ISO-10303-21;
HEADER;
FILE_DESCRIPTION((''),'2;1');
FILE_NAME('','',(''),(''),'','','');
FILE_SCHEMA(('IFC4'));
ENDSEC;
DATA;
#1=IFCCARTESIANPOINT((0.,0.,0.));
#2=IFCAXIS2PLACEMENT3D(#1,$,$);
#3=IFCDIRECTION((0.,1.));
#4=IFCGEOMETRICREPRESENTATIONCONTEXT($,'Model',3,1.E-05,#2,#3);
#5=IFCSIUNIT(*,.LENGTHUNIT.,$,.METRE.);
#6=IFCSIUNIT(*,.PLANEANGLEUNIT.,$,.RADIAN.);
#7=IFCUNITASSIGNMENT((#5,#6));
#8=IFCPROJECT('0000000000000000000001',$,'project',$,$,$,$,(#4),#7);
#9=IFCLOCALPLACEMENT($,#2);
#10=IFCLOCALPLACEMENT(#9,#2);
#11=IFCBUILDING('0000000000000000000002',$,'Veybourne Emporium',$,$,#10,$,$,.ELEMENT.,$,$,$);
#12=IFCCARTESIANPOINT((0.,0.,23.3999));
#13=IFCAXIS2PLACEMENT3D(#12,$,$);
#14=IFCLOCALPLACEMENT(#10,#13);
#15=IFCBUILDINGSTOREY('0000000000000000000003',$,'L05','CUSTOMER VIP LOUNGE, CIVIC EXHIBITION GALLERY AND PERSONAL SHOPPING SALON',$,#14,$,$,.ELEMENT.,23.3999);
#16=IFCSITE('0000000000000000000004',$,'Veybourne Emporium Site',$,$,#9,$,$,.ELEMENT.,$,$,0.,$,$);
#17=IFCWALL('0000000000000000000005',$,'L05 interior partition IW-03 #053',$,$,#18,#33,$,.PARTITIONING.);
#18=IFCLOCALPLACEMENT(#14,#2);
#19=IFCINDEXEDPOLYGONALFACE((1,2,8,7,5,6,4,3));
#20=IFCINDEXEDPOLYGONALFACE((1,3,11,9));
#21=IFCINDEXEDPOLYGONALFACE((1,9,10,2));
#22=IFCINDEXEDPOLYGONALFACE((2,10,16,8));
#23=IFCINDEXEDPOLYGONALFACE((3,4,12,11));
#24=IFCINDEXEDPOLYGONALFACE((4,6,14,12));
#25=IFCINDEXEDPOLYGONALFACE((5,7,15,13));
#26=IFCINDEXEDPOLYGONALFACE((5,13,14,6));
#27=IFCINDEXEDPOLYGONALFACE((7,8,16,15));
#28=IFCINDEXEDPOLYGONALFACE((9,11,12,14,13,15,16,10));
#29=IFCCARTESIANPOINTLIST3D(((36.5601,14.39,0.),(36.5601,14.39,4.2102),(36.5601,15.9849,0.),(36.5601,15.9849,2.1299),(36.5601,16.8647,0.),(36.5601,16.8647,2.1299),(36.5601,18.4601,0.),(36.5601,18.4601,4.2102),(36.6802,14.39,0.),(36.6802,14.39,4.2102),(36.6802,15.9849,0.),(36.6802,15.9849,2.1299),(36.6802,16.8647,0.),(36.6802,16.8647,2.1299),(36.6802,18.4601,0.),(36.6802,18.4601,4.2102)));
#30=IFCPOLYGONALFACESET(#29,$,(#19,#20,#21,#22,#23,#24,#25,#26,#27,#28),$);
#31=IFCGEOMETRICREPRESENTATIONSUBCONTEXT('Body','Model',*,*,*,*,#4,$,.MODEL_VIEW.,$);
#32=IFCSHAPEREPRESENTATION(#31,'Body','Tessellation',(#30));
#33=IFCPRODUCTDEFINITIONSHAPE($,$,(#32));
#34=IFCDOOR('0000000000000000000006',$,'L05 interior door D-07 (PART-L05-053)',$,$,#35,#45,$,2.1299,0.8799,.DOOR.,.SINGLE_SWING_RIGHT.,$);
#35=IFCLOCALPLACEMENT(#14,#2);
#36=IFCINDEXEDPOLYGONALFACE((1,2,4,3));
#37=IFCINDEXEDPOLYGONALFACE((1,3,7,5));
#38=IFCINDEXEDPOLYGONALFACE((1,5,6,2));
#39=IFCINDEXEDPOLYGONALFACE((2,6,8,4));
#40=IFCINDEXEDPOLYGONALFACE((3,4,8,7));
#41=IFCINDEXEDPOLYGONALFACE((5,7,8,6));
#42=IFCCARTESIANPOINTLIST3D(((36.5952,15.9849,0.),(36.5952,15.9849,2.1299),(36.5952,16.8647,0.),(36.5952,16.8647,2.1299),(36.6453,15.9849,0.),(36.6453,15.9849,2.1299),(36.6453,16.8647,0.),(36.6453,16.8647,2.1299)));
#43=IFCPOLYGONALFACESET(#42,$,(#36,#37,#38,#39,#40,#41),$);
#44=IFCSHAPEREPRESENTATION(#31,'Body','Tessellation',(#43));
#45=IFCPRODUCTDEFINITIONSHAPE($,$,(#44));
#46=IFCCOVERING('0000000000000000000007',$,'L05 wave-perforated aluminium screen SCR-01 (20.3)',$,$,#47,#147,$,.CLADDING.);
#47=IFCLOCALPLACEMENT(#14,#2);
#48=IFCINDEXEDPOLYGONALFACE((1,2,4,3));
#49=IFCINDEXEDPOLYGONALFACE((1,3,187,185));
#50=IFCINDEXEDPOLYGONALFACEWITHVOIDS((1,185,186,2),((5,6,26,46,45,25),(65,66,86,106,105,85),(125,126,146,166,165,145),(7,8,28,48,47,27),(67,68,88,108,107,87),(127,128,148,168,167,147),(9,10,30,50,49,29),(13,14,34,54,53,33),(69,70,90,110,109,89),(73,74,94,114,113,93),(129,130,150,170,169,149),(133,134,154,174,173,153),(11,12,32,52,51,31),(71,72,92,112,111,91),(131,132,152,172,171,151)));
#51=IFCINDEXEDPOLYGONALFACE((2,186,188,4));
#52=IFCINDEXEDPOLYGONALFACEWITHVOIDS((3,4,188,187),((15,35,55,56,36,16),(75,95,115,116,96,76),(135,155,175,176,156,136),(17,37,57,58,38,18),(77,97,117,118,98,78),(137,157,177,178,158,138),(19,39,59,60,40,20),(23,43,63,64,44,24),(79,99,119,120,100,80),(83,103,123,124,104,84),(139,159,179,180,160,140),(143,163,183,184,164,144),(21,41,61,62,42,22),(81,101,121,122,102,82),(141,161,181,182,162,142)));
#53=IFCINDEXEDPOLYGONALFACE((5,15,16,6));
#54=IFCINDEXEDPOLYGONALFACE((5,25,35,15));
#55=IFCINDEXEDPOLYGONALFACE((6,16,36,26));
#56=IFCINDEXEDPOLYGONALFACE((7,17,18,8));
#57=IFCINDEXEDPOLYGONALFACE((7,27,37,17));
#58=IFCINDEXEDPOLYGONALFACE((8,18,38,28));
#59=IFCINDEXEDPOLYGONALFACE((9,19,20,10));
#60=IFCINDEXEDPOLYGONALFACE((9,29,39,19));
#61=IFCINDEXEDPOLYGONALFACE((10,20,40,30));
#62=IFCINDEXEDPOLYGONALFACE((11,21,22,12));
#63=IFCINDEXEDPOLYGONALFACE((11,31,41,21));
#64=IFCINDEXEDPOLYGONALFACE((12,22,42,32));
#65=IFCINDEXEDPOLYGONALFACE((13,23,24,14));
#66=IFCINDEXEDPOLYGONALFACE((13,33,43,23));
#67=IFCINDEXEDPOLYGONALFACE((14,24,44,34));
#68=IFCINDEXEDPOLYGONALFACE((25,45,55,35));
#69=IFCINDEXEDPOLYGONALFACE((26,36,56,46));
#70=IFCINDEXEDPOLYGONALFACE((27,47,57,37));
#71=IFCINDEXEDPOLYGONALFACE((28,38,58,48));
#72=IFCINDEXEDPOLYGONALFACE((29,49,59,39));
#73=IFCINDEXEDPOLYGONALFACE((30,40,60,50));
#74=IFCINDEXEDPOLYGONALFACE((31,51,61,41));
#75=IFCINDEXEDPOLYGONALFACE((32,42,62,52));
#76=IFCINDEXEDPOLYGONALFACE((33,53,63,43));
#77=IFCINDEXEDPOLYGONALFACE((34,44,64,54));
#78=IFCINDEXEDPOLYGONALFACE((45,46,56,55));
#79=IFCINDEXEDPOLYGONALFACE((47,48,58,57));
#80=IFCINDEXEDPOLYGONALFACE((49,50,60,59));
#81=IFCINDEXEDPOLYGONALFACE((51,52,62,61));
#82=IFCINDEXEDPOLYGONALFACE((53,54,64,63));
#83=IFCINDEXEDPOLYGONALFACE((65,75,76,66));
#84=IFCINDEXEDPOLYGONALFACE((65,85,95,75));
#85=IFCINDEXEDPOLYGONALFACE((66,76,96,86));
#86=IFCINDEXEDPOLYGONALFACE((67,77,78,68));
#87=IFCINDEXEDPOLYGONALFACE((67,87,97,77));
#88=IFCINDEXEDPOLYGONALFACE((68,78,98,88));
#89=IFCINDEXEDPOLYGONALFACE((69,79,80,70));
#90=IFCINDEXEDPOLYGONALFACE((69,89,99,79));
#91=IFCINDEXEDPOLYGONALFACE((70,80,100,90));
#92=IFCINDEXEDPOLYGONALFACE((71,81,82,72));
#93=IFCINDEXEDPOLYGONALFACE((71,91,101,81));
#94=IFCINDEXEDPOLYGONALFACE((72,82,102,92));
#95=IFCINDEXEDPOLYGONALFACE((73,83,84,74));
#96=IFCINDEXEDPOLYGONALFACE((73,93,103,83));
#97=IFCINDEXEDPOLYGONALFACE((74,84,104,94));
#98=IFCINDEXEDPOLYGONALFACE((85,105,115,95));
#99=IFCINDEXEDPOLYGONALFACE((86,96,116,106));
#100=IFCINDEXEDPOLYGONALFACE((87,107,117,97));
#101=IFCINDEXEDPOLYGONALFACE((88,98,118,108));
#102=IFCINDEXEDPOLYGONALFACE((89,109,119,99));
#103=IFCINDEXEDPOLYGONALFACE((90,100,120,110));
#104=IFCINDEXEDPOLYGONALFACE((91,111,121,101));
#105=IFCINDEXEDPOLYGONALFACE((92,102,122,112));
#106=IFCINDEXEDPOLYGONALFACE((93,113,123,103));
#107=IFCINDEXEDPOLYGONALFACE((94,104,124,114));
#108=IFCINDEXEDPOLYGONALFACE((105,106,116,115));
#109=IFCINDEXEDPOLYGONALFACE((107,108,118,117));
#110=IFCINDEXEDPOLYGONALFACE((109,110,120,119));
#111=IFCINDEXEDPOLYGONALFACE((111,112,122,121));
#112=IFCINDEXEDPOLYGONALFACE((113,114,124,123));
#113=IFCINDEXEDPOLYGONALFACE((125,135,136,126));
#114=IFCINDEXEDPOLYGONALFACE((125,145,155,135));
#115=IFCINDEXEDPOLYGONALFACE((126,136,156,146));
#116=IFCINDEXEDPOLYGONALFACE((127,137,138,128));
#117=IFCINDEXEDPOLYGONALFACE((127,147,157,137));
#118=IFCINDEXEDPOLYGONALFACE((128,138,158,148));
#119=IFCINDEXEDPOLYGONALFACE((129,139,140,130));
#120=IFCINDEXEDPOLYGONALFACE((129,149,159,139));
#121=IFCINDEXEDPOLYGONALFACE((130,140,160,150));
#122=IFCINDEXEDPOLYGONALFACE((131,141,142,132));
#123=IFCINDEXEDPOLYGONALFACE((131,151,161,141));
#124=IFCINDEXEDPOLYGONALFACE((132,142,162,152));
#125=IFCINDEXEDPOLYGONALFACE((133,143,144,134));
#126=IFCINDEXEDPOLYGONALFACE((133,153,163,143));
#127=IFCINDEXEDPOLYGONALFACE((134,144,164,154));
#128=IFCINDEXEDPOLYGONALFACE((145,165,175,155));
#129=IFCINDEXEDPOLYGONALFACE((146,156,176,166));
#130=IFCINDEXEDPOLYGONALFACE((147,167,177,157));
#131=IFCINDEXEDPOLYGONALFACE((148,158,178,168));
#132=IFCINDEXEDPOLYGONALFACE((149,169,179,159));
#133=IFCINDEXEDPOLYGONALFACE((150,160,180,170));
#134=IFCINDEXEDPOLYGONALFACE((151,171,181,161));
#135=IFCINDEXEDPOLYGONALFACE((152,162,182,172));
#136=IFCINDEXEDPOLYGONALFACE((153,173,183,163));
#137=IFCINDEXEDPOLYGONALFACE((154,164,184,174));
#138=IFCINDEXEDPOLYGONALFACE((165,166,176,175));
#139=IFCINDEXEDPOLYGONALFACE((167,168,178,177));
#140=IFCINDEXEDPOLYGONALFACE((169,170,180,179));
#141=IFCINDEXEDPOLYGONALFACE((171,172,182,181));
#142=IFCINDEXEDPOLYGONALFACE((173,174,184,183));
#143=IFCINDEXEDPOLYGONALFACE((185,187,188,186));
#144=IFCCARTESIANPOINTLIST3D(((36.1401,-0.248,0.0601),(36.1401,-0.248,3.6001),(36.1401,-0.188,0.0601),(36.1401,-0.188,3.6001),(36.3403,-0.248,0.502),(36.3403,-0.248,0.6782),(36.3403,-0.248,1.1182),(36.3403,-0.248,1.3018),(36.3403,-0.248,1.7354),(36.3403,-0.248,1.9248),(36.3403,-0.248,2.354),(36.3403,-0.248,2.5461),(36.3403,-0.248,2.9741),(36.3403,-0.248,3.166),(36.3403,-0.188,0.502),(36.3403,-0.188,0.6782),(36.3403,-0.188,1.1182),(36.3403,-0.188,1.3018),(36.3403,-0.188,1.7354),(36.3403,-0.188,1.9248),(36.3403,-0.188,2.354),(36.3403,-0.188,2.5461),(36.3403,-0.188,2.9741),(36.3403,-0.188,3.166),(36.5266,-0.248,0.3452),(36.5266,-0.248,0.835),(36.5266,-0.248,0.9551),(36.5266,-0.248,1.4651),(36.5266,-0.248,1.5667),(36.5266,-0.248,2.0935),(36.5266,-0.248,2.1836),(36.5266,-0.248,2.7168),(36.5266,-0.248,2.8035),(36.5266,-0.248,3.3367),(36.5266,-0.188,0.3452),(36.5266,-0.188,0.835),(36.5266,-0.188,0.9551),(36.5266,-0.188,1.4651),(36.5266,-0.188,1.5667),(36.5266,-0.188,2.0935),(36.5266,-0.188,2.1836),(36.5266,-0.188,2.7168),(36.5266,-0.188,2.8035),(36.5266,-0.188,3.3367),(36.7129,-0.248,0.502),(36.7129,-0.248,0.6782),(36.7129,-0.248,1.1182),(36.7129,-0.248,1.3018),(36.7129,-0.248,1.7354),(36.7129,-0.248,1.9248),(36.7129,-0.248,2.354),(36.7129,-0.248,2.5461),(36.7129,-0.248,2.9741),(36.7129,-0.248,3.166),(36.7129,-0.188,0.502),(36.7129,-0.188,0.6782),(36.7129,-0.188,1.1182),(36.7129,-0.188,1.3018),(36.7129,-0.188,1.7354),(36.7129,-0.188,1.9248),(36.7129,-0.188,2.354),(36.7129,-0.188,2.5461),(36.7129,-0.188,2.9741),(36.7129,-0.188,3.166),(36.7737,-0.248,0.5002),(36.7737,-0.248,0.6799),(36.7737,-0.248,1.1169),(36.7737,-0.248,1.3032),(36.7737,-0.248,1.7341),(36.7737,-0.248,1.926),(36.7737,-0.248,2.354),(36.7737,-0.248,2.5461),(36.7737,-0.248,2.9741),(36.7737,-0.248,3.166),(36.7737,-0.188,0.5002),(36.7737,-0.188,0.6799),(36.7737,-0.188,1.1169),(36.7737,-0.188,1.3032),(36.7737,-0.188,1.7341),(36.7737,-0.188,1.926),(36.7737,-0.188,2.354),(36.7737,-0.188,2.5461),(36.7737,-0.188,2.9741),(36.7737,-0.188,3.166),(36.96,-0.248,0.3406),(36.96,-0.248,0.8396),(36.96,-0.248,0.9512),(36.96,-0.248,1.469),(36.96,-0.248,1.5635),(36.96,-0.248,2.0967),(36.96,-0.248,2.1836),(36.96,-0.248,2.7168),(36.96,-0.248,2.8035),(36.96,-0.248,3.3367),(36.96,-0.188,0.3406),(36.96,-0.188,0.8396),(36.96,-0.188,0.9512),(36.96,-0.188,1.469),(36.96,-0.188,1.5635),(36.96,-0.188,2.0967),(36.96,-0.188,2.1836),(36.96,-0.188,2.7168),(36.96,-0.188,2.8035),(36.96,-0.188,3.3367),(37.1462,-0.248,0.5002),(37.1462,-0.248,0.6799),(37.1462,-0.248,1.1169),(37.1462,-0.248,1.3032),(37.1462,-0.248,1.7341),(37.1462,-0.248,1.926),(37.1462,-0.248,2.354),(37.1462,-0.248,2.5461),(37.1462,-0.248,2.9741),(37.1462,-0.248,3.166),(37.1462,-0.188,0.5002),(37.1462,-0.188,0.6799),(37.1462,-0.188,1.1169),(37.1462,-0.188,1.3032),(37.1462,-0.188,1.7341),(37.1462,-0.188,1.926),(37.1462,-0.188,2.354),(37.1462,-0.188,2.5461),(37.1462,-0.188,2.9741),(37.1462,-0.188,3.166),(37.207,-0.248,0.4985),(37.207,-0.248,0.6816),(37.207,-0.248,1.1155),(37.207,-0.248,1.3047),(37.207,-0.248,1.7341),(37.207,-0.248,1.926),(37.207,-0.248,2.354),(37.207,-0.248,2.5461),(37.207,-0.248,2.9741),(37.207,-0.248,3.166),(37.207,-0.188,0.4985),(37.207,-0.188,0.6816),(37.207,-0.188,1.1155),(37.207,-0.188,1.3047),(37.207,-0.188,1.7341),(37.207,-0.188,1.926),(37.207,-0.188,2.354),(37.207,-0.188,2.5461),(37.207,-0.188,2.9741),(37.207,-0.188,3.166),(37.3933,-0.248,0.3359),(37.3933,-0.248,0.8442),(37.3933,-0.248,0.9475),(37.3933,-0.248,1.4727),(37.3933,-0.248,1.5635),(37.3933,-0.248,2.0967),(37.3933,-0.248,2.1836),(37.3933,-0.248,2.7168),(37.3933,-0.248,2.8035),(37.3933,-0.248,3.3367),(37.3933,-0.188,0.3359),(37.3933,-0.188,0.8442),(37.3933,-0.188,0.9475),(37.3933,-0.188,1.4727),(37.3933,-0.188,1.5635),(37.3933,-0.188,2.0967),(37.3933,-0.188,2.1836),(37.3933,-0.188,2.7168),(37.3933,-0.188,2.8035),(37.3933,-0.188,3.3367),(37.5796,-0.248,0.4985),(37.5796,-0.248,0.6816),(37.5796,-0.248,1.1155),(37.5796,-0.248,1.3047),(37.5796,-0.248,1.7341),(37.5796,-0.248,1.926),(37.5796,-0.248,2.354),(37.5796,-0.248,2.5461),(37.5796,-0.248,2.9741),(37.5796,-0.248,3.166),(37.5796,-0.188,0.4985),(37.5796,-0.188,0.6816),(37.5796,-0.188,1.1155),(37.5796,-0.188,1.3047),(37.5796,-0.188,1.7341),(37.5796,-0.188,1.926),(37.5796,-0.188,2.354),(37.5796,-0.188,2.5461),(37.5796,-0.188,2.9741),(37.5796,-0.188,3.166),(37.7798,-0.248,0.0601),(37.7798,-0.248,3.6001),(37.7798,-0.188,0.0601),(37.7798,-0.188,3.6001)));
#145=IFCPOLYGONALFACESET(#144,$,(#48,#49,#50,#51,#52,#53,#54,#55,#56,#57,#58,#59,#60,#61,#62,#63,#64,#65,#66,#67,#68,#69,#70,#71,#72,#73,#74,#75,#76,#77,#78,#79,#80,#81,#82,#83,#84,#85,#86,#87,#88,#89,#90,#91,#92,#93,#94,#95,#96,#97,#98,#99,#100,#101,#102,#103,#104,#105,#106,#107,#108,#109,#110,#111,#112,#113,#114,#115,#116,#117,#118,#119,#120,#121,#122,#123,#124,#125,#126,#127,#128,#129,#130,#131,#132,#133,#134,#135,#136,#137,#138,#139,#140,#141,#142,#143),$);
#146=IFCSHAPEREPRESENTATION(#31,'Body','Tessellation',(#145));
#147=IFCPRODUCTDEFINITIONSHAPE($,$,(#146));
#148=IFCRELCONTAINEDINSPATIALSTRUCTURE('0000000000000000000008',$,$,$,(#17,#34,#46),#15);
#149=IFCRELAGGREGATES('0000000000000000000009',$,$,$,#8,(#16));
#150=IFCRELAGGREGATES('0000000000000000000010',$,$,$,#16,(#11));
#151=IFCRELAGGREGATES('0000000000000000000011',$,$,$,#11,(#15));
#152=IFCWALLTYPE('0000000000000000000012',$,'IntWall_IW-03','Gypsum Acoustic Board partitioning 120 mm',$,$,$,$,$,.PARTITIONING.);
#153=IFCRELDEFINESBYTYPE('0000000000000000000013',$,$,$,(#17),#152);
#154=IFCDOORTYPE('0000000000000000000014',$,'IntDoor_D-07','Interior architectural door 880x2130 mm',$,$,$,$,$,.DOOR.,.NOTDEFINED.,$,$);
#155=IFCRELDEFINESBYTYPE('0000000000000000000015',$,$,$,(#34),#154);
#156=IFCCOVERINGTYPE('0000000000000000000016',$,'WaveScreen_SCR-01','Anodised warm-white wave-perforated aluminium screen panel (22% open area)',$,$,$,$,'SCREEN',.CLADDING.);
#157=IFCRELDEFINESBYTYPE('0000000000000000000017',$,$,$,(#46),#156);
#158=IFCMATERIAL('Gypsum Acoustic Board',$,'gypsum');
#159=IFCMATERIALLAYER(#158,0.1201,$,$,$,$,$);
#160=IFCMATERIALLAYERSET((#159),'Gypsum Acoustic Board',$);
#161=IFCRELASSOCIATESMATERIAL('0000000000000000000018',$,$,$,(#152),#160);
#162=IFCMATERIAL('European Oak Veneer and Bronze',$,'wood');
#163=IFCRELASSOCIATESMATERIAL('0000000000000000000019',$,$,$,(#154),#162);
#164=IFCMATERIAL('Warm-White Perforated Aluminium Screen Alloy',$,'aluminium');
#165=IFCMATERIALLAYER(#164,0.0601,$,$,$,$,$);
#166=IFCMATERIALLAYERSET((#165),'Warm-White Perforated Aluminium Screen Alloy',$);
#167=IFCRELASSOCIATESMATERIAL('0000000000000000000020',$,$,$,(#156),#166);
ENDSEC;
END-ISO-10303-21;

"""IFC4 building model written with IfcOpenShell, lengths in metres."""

from ifc_helpers import new_model, si_unit, direction, frame, frame_2d, origin, place, context, subcontext, project, spatial, polyline, rectangle, outline, extrude, material, layer, layer_set, type_object, element, fill, save


model = new_model("IFC4")

# Units and contexts
model_context = context("Model", 3, precision=1e-05, world=origin(), true_north=direction((0.0, 1.0)))
body_context = subcontext(model_context, "Body", "Model", "MODEL_VIEW")
ifc_project = project(units=[si_unit("LENGTHUNIT", "METRE"), si_unit("PLANEANGLEUNIT", "RADIAN")], contexts=[model_context])

# Site, building, storey
site_placement = place(None, origin())
site = spatial("IfcSite", under=ifc_project, at=site_placement, Name="Veybourne Emporium Site", CompositionType="ELEMENT", RefElevation=0.0)
building_placement = place(site_placement, origin())
building = spatial("IfcBuilding", under=site, at=building_placement, Name="Veybourne Emporium", CompositionType="ELEMENT")
storey_placement = place(building_placement, frame((0.0, 0.0, 23.3999)))
storey = spatial("IfcBuildingStorey", under=building, at=storey_placement, Name="L05", Description="CUSTOMER VIP LOUNGE, CIVIC EXHIBITION GALLERY AND PERSONAL SHOPPING SALON", CompositionType="ELEMENT", Elevation=23.3999)

# Shared definitions
ifc_material_1 = material(Name="Gypsum Acoustic Board", Category="gypsum")
ifc_material_2 = material(Name="European Oak Veneer and Bronze", Category="wood")

# Shared definitions
ifc_layer_1 = layer(ifc_material_1, 0.1201)
ifc_layer_set_1 = layer_set([ifc_layer_1], Name="Gypsum Acoustic Board")
wall_type_1 = type_object("IfcWallType", Name="IntWall_IW-03", Description="Gypsum Acoustic Board partitioning 120 mm", PredefinedType="PARTITIONING", material=ifc_layer_set_1)

# Wall, opening, door
wall_1_placement = place(storey_placement, frame((36.6201, 14.3899, 0.0), z_axis=(0.0, 0.0, 1.0), x_axis=(0.0, 1.0, 0.0)))
wall_1 = element("IfcWall", 1, at=wall_1_placement, inside=storey, type_object=wall_type_1, Name="L05 interior partition IW-03 #053", PredefinedType="PARTITIONING", context=body_context, shape_type="SweptSolid", body=[
    extrude(rectangle(XDim=4.0701, YDim=0.1201, at=frame_2d((2.0352, 0.0))), origin(), (0.0, 0.0, 1.0), 4.2102),
])
opening_1_placement = place(wall_1_placement, frame((1.595, 0.0, 0.0)))
opening_1 = element("IfcOpeningElement", 2, at=opening_1_placement, cuts=wall_1, PredefinedType="OPENING", context=body_context, shape_type="SweptSolid", body=[
    extrude(rectangle(XDim=0.8799, YDim=2.1299, at=frame_2d((0.4399, 1.0649))), frame((0.0, 0.0801, 0.0), z_axis=(0.0, -1.0, 0.0), x_axis=(1.0, 0.0, 0.0)), (0.0, 0.0, 1.0), 0.1602),
])
door_type_1 = type_object("IfcDoorType", Name="IntDoor_D-07", Description="Interior architectural door 880x2130 mm", OperationType="NOTDEFINED", PredefinedType="DOOR", material=ifc_material_2)
door_1_placement = place(opening_1_placement, origin())
door_1 = element("IfcDoor", 3, at=door_1_placement, inside=storey, type_object=door_type_1, Name="L05 interior door D-07 (PART-L05-053)", OperationType="SINGLE_SWING_RIGHT", OverallHeight=2.1299, OverallWidth=0.8799, PredefinedType="DOOR", context=body_context, shape_type="SweptSolid", body=[
    extrude(rectangle(XDim=0.8799, YDim=2.1299, at=frame_2d((0.4399, 1.0649))), frame((0.0, 0.0249, 0.0), z_axis=(0.0, -1.0, 0.0), x_axis=(1.0, 0.0, 0.0)), (0.0, 0.0, 1.0), 0.05),
])
fill(opening_1, door_1)

# Covering
ifc_material_3 = material(Name="Warm-White Perforated Aluminium Screen Alloy", Category="aluminium")
ifc_layer_2 = layer(ifc_material_3, 0.0601)
ifc_layer_set_2 = layer_set([ifc_layer_2], Name="Warm-White Perforated Aluminium Screen Alloy")
covering_type_1 = type_object("IfcCoveringType", Name="WaveScreen_SCR-01", Description="Anodised warm-white wave-perforated aluminium screen panel (22% open area)", ElementType="SCREEN", PredefinedType="CLADDING", material=ifc_layer_set_2)
covering_1_placement = place(storey_placement, frame((36.96, -0.248, 1.8301), z_axis=(0.0, 1.0, 0.0), x_axis=(-1.0, 0.0, 0.0)))
element("IfcCovering", 4, at=covering_1_placement, inside=storey, type_object=covering_type_1, Name="L05 wave-perforated aluminium screen SCR-01 (20.3)", PredefinedType="CLADDING", context=body_context, shape_type="SweptSolid", body=[
    extrude(outline(polyline([(-0.8198, -1.77), (0.8198, -1.77), (0.8198, 1.77), (-0.8198, 1.77), (-0.8198, -1.77)]), holes=[polyline([(-0.4333, -0.9858), (-0.2471, -1.1484), (-0.2471, -1.3315), (-0.4333, -1.4941), (-0.6196, -1.3315), (-0.6196, -1.1484), (-0.4333, -0.9858)]), polyline([(-0.4333, -0.3574), (-0.2471, -0.5254), (-0.2471, -0.7146), (-0.4333, -0.8826), (-0.6196, -0.7146), (-0.6196, -0.5254), (-0.4333, -0.3574)]), polyline([(-0.4333, 0.2666), (-0.2471, 0.0959), (-0.2471, -0.0959), (-0.4333, -0.2666), (-0.6196, -0.0959), (-0.6196, 0.0959), (-0.4333, 0.2666)]), polyline([(-0.4333, 0.8867), (-0.2471, 0.7161), (-0.2471, 0.5239), (-0.4333, 0.3535), (-0.6196, 0.5239), (-0.6196, 0.7161), (-0.4333, 0.8867)]), polyline([(-0.4333, 1.5066), (-0.2471, 1.3359), (-0.2471, 1.144), (-0.4333, 0.9734), (-0.6196, 1.144), (-0.6196, 1.3359), (-0.4333, 1.5066)]), polyline([(0.0, -0.9905), (0.1863, -1.1501), (0.1863, -1.3298), (0.0, -1.4895), (-0.1863, -1.3298), (-0.1863, -1.1501), (0.0, -0.9905)]), polyline([(0.0, -0.3611), (0.1863, -0.5269), (0.1863, -0.7131), (0.0, -0.8789), (-0.1863, -0.7131), (-0.1863, -0.5269), (0.0, -0.3611)]), polyline([(0.0, 0.2666), (0.1863, 0.0959), (0.1863, -0.0959), (0.0, -0.2666), (-0.1863, -0.0959), (-0.1863, 0.0959), (0.0, 0.2666)]), polyline([(0.0, 0.8867), (0.1863, 0.7161), (0.1863, 0.5239), (0.0, 0.3535), (-0.1863, 0.5239), (-0.1863, 0.7161), (0.0, 0.8867)]), polyline([(0.0, 1.5066), (0.1863, 1.3359), (0.1863, 1.144), (0.0, 0.9734), (-0.1863, 1.144), (-0.1863, 1.3359), (0.0, 1.5066)]), polyline([(0.4333, -0.9951), (0.6196, -1.1519), (0.6196, -1.3281), (0.4333, -1.4849), (0.2471, -1.3281), (0.2471, -1.1519), (0.4333, -0.9951)]), polyline([(0.4333, -0.365), (0.6196, -0.5283), (0.6196, -0.7119), (0.4333, -0.875), (0.2471, -0.7119), (0.2471, -0.5283), (0.4333, -0.365)]), polyline([(0.4333, 0.2634), (0.6196, 0.0947), (0.6196, -0.0947), (0.4333, -0.2634), (0.2471, -0.0947), (0.2471, 0.0947), (0.4333, 0.2634)]), polyline([(0.4333, 0.8867), (0.6196, 0.7161), (0.6196, 0.5239), (0.4333, 0.3535), (0.2471, 0.5239), (0.2471, 0.7161), (0.4333, 0.8867)]), polyline([(0.4333, 1.5066), (0.6196, 1.3359), (0.6196, 1.144), (0.4333, 0.9734), (0.2471, 1.144), (0.2471, 1.3359), (0.4333, 1.5066)])]), origin(), (0.0, 0.0, 1.0), 0.0601),
])

save(model, "model.ifc")
